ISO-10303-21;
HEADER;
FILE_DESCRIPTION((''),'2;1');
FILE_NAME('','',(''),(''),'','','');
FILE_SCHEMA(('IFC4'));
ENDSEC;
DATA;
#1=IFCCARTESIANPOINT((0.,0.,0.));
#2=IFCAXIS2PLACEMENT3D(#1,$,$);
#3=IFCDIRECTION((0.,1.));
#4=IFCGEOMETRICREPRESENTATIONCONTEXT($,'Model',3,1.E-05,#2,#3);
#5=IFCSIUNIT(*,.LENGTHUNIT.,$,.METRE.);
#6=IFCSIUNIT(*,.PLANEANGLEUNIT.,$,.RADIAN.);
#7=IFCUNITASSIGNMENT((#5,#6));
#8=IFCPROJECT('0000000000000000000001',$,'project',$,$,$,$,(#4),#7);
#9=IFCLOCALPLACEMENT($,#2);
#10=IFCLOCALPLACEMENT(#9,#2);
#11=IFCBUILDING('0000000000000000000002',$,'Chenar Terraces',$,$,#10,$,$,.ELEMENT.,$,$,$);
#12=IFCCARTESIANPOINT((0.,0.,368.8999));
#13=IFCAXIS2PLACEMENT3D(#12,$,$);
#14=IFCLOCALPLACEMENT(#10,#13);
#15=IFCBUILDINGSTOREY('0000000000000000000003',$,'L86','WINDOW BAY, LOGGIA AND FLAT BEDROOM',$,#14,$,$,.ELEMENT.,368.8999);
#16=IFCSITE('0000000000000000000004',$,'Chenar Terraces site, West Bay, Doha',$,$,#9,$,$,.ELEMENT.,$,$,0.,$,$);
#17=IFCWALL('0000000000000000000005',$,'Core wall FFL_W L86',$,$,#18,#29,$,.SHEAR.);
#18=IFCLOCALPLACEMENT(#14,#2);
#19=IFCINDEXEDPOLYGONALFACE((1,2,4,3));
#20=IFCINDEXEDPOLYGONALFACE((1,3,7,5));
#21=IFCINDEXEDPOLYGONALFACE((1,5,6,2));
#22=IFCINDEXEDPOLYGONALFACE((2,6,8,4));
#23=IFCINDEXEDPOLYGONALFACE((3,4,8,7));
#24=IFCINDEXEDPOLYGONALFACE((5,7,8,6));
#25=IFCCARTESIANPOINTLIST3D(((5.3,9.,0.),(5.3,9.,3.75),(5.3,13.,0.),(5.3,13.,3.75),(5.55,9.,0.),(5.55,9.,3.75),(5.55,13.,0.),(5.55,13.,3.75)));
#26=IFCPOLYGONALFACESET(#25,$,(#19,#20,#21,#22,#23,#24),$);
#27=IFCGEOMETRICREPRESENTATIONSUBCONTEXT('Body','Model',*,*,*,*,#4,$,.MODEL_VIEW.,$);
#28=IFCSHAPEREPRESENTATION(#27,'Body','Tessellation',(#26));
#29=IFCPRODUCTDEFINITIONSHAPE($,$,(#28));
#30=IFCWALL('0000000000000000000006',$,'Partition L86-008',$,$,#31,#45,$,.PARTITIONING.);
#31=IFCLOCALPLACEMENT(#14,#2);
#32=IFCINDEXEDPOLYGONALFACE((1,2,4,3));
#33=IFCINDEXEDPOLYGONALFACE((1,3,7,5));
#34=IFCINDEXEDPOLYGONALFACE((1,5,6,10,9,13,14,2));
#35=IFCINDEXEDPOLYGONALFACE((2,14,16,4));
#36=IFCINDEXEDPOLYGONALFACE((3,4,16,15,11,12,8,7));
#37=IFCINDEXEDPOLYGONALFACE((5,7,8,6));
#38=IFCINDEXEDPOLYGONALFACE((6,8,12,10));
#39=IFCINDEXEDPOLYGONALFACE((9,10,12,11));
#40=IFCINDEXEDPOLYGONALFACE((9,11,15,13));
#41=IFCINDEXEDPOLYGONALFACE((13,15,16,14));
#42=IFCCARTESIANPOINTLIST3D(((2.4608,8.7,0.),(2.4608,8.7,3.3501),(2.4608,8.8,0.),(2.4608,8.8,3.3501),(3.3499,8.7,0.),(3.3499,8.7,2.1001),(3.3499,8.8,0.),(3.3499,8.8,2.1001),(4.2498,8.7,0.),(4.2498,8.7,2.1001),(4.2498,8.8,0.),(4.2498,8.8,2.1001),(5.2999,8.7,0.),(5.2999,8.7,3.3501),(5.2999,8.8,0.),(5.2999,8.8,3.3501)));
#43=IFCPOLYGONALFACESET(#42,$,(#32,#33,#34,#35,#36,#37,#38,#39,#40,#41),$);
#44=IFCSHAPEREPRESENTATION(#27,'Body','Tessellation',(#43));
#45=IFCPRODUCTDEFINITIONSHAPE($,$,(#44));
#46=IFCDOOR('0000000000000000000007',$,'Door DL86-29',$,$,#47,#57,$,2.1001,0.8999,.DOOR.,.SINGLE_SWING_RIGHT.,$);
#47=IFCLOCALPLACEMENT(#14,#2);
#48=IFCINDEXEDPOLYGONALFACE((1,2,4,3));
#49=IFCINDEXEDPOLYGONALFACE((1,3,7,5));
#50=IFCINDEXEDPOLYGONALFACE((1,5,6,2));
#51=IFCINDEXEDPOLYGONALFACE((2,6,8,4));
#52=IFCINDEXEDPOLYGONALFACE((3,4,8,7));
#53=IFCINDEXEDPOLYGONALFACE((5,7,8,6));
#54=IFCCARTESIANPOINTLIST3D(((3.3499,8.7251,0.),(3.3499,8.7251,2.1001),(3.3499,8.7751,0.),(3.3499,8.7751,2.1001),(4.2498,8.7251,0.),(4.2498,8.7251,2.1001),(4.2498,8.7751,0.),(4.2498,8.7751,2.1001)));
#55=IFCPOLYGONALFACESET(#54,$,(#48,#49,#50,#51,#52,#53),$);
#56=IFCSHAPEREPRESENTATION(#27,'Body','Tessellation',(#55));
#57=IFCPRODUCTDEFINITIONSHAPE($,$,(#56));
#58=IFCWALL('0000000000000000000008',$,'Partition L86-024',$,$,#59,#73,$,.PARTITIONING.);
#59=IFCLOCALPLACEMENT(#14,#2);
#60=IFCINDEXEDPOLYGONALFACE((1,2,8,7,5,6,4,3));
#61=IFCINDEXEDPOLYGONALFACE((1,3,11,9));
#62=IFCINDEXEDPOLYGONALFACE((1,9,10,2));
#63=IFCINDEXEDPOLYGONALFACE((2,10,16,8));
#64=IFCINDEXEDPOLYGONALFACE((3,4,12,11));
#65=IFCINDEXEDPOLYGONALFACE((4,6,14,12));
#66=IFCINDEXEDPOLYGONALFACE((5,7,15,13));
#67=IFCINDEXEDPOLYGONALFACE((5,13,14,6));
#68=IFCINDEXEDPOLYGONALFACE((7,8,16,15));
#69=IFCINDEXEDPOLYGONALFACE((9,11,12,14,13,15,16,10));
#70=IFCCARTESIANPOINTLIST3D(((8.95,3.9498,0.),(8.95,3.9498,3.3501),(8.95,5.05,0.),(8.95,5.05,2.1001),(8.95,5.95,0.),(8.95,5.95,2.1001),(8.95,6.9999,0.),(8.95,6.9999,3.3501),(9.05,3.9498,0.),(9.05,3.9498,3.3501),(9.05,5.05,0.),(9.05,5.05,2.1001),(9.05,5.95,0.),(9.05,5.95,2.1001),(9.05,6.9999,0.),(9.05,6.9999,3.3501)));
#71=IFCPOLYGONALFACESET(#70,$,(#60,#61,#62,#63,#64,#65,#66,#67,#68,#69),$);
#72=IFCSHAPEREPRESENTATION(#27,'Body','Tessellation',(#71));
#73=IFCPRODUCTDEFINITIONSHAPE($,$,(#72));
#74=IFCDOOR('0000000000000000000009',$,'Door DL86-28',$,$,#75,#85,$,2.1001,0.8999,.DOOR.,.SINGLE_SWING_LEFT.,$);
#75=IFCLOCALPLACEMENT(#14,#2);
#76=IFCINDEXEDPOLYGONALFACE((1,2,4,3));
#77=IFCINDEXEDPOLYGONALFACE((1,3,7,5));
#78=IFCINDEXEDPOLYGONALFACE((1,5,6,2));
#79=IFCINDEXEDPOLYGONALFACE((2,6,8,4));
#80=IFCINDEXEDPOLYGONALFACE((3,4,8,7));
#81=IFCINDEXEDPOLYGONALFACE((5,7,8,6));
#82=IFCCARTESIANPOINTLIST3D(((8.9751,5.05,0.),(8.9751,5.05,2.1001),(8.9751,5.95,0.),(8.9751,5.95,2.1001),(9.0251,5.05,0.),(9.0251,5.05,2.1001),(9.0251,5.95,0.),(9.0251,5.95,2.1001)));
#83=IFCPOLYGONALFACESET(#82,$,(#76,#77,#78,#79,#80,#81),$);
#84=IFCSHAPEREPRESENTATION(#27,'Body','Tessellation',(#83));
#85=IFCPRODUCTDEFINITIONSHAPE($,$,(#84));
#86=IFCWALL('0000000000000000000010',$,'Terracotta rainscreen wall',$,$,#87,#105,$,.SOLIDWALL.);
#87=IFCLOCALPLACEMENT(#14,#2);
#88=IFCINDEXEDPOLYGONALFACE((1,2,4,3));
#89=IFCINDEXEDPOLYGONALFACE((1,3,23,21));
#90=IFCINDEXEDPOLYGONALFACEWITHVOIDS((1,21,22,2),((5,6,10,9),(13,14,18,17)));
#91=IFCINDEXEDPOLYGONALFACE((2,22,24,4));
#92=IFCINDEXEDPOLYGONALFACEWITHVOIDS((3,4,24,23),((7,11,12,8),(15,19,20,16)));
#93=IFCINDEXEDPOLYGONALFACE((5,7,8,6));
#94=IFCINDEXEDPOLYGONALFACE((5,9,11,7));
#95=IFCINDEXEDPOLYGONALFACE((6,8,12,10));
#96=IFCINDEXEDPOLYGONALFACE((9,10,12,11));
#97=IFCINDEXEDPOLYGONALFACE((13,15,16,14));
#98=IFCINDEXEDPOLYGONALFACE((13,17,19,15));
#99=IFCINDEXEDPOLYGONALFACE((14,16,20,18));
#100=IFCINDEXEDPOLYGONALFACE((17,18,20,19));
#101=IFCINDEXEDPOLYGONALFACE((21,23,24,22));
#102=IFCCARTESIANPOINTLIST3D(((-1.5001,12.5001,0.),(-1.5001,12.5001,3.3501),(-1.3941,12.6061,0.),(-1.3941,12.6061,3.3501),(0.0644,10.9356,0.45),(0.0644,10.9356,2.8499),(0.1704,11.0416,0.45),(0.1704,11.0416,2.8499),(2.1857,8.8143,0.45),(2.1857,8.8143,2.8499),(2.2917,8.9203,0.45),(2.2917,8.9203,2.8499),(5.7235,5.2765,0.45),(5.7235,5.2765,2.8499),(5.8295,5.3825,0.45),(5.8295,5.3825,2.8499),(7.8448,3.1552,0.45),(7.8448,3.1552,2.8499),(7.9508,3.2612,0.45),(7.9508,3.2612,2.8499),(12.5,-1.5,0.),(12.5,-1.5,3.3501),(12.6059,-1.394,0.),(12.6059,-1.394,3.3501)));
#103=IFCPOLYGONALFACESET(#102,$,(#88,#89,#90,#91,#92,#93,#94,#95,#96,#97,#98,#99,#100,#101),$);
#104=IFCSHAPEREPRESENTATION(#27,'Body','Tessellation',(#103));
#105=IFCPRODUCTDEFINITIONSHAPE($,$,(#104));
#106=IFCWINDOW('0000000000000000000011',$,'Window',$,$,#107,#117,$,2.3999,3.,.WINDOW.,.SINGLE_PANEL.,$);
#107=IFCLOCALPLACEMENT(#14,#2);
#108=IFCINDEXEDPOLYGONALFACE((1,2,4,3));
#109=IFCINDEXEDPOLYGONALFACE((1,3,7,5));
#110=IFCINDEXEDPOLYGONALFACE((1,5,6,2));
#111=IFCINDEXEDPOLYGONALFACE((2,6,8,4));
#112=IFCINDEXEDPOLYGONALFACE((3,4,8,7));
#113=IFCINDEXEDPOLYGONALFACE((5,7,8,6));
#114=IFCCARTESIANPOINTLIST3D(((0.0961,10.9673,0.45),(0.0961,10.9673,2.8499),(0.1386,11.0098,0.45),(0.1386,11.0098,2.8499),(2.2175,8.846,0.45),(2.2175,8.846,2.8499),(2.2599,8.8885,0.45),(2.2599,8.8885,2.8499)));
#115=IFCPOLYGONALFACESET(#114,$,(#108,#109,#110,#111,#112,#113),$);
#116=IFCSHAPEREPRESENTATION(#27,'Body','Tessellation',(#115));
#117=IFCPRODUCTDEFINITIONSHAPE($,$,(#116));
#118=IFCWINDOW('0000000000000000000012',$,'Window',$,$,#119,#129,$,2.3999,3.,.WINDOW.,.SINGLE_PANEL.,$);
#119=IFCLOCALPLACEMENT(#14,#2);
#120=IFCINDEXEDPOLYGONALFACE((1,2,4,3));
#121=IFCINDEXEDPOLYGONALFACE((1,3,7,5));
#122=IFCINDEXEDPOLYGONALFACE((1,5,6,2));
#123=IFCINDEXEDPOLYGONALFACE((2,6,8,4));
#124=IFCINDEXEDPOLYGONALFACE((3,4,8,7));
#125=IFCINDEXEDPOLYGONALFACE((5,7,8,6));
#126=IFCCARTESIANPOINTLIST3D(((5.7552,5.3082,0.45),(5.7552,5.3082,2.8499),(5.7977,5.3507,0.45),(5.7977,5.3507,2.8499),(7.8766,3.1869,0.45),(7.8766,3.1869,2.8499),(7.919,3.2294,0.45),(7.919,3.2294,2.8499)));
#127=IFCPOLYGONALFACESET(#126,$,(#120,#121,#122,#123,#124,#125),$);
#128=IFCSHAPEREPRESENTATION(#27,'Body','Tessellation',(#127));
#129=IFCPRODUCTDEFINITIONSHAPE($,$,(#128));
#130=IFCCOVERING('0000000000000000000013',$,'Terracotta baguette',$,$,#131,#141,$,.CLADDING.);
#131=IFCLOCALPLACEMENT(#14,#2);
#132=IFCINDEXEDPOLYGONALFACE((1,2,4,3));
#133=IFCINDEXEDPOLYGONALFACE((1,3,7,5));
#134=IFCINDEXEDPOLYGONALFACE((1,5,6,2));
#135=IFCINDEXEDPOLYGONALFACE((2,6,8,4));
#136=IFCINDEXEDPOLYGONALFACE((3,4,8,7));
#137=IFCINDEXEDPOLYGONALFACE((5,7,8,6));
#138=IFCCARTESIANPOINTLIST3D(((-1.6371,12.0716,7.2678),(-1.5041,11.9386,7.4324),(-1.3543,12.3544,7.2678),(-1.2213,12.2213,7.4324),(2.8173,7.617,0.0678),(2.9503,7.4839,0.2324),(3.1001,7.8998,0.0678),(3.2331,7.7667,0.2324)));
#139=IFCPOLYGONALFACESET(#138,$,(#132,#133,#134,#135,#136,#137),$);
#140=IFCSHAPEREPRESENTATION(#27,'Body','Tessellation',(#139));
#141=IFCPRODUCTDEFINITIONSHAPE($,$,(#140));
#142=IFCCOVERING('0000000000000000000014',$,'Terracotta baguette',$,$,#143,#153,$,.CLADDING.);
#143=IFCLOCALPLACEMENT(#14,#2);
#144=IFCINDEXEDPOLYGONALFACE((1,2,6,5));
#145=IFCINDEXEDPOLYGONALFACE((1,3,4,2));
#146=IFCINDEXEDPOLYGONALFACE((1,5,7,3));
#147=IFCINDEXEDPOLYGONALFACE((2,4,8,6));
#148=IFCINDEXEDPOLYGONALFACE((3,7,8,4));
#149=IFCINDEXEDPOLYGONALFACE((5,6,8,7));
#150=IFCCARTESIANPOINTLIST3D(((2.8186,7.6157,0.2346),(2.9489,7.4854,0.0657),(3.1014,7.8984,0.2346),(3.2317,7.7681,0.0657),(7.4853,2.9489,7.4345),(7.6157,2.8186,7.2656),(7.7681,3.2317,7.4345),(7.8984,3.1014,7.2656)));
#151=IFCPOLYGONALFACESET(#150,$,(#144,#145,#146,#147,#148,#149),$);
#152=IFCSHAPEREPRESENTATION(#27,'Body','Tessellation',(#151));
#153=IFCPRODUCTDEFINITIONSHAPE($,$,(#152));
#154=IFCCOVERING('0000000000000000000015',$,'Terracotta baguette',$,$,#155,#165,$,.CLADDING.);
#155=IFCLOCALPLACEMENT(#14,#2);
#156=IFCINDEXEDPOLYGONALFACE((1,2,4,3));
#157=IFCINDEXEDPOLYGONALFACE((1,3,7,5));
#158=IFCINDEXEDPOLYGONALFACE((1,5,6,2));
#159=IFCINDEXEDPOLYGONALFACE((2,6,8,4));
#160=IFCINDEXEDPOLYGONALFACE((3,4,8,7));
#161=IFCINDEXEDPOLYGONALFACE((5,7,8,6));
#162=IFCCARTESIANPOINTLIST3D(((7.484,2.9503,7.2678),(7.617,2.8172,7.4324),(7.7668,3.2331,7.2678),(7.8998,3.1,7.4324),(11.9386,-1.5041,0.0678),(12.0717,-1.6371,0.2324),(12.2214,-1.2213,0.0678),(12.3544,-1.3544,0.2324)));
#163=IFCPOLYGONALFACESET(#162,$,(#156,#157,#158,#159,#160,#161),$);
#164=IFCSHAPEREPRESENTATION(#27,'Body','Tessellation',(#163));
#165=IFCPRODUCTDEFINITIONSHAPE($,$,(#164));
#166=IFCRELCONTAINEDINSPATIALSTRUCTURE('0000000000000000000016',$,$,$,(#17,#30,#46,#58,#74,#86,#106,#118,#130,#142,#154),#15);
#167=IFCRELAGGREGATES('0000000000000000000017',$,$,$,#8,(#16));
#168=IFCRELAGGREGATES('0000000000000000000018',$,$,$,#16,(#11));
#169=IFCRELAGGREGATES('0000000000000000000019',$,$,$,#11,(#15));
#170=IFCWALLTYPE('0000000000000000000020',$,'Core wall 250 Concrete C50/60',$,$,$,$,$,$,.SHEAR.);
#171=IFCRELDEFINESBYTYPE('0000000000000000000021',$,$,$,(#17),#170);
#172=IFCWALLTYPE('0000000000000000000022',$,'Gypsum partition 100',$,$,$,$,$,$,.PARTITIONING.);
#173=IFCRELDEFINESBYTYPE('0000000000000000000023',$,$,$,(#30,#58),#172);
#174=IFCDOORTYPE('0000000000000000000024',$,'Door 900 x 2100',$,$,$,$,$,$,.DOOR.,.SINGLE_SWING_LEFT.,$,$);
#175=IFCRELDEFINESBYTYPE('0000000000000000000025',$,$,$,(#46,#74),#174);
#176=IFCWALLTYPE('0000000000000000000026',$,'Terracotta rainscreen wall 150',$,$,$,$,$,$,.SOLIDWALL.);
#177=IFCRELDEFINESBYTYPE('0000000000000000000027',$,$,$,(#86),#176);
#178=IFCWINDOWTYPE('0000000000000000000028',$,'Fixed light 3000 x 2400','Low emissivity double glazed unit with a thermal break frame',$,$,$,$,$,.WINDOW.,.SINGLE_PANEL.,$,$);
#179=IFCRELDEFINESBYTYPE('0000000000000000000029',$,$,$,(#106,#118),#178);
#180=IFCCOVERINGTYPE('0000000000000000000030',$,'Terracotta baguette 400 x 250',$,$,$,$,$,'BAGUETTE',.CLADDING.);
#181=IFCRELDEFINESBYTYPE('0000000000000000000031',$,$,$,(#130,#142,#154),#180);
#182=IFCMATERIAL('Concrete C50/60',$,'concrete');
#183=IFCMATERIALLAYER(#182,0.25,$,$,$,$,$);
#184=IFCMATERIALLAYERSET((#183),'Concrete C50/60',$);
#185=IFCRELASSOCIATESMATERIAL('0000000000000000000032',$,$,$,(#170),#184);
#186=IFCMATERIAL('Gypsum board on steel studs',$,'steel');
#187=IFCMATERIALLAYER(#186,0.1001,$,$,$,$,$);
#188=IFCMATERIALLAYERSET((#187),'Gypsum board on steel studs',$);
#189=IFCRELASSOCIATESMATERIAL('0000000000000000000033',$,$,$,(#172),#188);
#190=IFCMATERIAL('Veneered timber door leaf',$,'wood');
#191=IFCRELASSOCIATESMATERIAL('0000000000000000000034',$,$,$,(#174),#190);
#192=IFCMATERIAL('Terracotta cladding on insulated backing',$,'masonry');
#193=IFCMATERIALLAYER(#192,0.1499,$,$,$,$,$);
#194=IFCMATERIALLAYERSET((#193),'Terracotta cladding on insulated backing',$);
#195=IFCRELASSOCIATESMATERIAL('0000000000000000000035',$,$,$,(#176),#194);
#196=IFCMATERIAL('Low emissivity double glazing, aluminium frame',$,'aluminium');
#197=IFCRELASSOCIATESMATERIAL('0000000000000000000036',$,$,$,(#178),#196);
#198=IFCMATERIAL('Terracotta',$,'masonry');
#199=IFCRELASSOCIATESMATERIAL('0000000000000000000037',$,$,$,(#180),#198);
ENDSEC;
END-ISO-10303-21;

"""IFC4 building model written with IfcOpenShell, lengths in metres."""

from ifc_helpers import new_model, si_unit, direction, frame, frame_2d, origin, origin_2d, place, context, subcontext, project, spatial, rectangle, extrude, material, layer, layer_set, material_profile, profile_set, type_object, element, fill, save


model = new_model("IFC4")

# Units and contexts
model_context = context("Model", 3, precision=1e-05, world=origin(), true_north=direction((0.0, 1.0)))
body_context = subcontext(model_context, "Body", "Model", "MODEL_VIEW")
ifc_project = project(units=[si_unit("LENGTHUNIT", "METRE"), si_unit("PLANEANGLEUNIT", "RADIAN")], contexts=[model_context])

# Site, building, storey
site_placement = place(None, origin())
site = spatial("IfcSite", under=ifc_project, at=site_placement, Name="Chenar Terraces site, West Bay, Doha", CompositionType="ELEMENT", RefElevation=0.0)
building_placement = place(site_placement, origin())
building = spatial("IfcBuilding", under=site, at=building_placement, Name="Chenar Terraces", CompositionType="ELEMENT")
storey_placement = place(building_placement, frame((0.0, 0.0, 368.8999)))
storey = spatial("IfcBuildingStorey", under=building, at=storey_placement, Name="L86", Description="WINDOW BAY, LOGGIA AND FLAT BEDROOM", CompositionType="ELEMENT", Elevation=368.8999)

# Wall
ifc_material_1 = material(Name="Concrete C50/60", Category="concrete")
ifc_layer_1 = layer(ifc_material_1, 0.25)
ifc_layer_set_1 = layer_set([ifc_layer_1], Name="Concrete C50/60")
wall_type_1 = type_object("IfcWallType", Name="Core wall 250 Concrete C50/60", PredefinedType="SHEAR", material=ifc_layer_set_1)
wall_1_placement = place(storey_placement, frame((5.425, 9.0, 0.0), z_axis=(0.0, 0.0, 1.0), x_axis=(0.0, 1.0, 0.0)))
element("IfcWall", 1, at=wall_1_placement, inside=storey, type_object=wall_type_1, Name="Core wall FFL_W L86", PredefinedType="SHEAR", context=body_context, shape_type="SweptSolid", body=[
    extrude(rectangle(XDim=4.0, YDim=0.25, at=frame_2d((2.0, 0.0))), origin(), (0.0, 0.0, 1.0), 3.75),
])

# Walls, openings, doors
ifc_material_2 = material(Name="Gypsum board on steel studs", Category="steel")
ifc_layer_2 = layer(ifc_material_2, 0.1001)
ifc_layer_set_2 = layer_set([ifc_layer_2], Name="Gypsum board on steel studs")
wall_type_2 = type_object("IfcWallType", Name="Gypsum partition 100", PredefinedType="PARTITIONING", material=ifc_layer_set_2)
wall_2_placement = place(storey_placement, frame((2.4609, 8.75, 0.0), z_axis=(0.0, 0.0, 1.0), x_axis=(1.0, 0.0, 0.0)))
wall_2 = element("IfcWall", 2, at=wall_2_placement, inside=storey, type_object=wall_type_2, Name="Partition L86-008", PredefinedType="PARTITIONING", context=body_context, shape_type="SweptSolid", body=[
    extrude(rectangle(XDim=2.8391, YDim=0.1001, at=frame_2d((1.4194, 0.0))), origin(), (0.0, 0.0, 1.0), 3.3501),
])
opening_1_placement = place(wall_2_placement, frame((0.8889, 0.0, 0.0)))
opening_1 = element("IfcOpeningElement", 3, at=opening_1_placement, cuts=wall_2, PredefinedType="OPENING", context=body_context, shape_type="SweptSolid", body=[
    extrude(rectangle(XDim=0.8999, YDim=2.1001, at=frame_2d((0.45, 1.05))), frame((0.0, 0.0601, 0.0), z_axis=(0.0, -1.0, 0.0), x_axis=(1.0, 0.0, 0.0)), (0.0, 0.0, 1.0), 0.1201),
])
ifc_material_3 = material(Name="Veneered timber door leaf", Category="wood")
door_type = type_object("IfcDoorType", Name="Door 900 x 2100", OperationType="SINGLE_SWING_LEFT", PredefinedType="DOOR", material=ifc_material_3)
door_1_placement = place(opening_1_placement, frame((0.8999, 0.0, 0.0), z_axis=(0.0, 0.0, 1.0), x_axis=(-1.0, 0.0, 0.0)))
door_1 = element("IfcDoor", 4, at=door_1_placement, inside=storey, type_object=door_type, Name="Door DL86-29", OperationType="SINGLE_SWING_RIGHT", OverallHeight=2.1001, OverallWidth=0.8999, PredefinedType="DOOR", context=body_context, shape_type="SweptSolid", body=[
    extrude(rectangle(XDim=0.8999, YDim=2.1001, at=frame_2d((0.45, 1.05))), frame((0.0, 0.0249, 0.0), z_axis=(0.0, -1.0, 0.0), x_axis=(1.0, 0.0, 0.0)), (0.0, 0.0, 1.0), 0.05),
])
fill(opening_1, door_1)
wall_3_placement = place(storey_placement, frame((9.0, 3.95, 0.0), z_axis=(0.0, 0.0, 1.0), x_axis=(0.0, 1.0, 0.0)))
wall_3 = element("IfcWall", 5, at=wall_3_placement, inside=storey, type_object=wall_type_2, Name="Partition L86-024", PredefinedType="PARTITIONING", context=body_context, shape_type="SweptSolid", body=[
    extrude(rectangle(XDim=3.05, YDim=0.1001, at=frame_2d((1.5249, 0.0))), origin(), (0.0, 0.0, 1.0), 3.3501),
])
opening_2_placement = place(wall_3_placement, frame((1.1001, 0.0, 0.0)))
opening_2 = element("IfcOpeningElement", 6, at=opening_2_placement, cuts=wall_3, PredefinedType="OPENING", context=body_context, shape_type="SweptSolid", body=[
    extrude(rectangle(XDim=0.8999, YDim=2.1001, at=frame_2d((0.45, 1.05))), frame((0.0, 0.0601, 0.0), z_axis=(0.0, -1.0, 0.0), x_axis=(1.0, 0.0, 0.0)), (0.0, 0.0, 1.0), 0.1201),
])
door_2_placement = place(opening_2_placement, origin())
door_2 = element("IfcDoor", 7, at=door_2_placement, inside=storey, type_object=door_type, Name="Door DL86-28", OperationType="SINGLE_SWING_LEFT", OverallHeight=2.1001, OverallWidth=0.8999, PredefinedType="DOOR", context=body_context, shape_type="SweptSolid", body=[
    extrude(rectangle(XDim=0.8999, YDim=2.1001, at=frame_2d((0.45, 1.05))), frame((0.0, 0.0249, 0.0), z_axis=(0.0, -1.0, 0.0), x_axis=(1.0, 0.0, 0.0)), (0.0, 0.0, 1.0), 0.05),
])
fill(opening_2, door_2)

# Wall, openings, windows
ifc_material_4 = material(Name="Terracotta cladding on insulated backing", Category="masonry")
ifc_layer_3 = layer(ifc_material_4, 0.1499)
ifc_layer_set_3 = layer_set([ifc_layer_3], Name="Terracotta cladding on insulated backing")
wall_type_3 = type_object("IfcWallType", Name="Terracotta rainscreen wall 150", PredefinedType="SOLIDWALL", material=ifc_layer_set_3)
wall_4_placement = place(storey_placement, frame((-1.447, 12.553, 0.0), z_axis=(0.0, 0.0, 1.0), x_axis=(0.707107, -0.707107, 0.0)))
wall_4 = element("IfcWall", 8, at=wall_4_placement, inside=storey, type_object=wall_type_3, Name="Terracotta rainscreen wall", PredefinedType="SOLIDWALL", context=body_context, shape_type="SweptSolid", body=[
    extrude(rectangle(XDim=19.7991, YDim=0.1499, at=frame_2d((9.8994, 0.0))), origin(), (0.0, 0.0, 1.0), 3.3501),
])
opening_3_placement = place(wall_4_placement, frame((2.2124, 0.0, 0.45)))
opening_3 = element("IfcOpeningElement", 9, at=opening_3_placement, cuts=wall_4, PredefinedType="OPENING", context=body_context, shape_type="SweptSolid", body=[
    extrude(rectangle(XDim=3.0, YDim=2.3999, at=frame_2d((1.5, 1.2))), frame((0.0, 0.085, 0.0), z_axis=(0.0, -1.0, 0.0), x_axis=(1.0, 0.0, 0.0)), (0.0, 0.0, 1.0), 0.1699),
])
opening_4_placement = place(wall_4_placement, frame((10.2156, 0.0, 0.45)))
opening_4 = element("IfcOpeningElement", 10, at=opening_4_placement, cuts=wall_4, PredefinedType="OPENING", context=body_context, shape_type="SweptSolid", body=[
    extrude(rectangle(XDim=3.0, YDim=2.3999, at=frame_2d((1.5, 1.2))), frame((0.0, 0.085, 0.0), z_axis=(0.0, -1.0, 0.0), x_axis=(1.0, 0.0, 0.0)), (0.0, 0.0, 1.0), 0.1699),
])
ifc_material_5 = material(Name="Low emissivity double glazing, aluminium frame", Category="aluminium")
window_type = type_object("IfcWindowType", Name="Fixed light 3000 x 2400", Description="Low emissivity double glazed unit with a thermal break frame", PartitioningType="SINGLE_PANEL", PredefinedType="WINDOW", material=ifc_material_5)
window_1_placement = place(opening_3_placement, origin())
window_1 = element("IfcWindow", 11, at=window_1_placement, inside=storey, type_object=window_type, Name="Window", OverallHeight=2.3999, OverallWidth=3.0, PartitioningType="SINGLE_PANEL", PredefinedType="WINDOW", context=body_context, shape_type="SweptSolid", body=[
    extrude(rectangle(XDim=3.0, YDim=2.3999, at=frame_2d((1.5, 1.2))), frame((0.0, 0.03, 0.0), z_axis=(0.0, -1.0, 0.0), x_axis=(1.0, 0.0, 0.0)), (0.0, 0.0, 1.0), 0.0601),
])
fill(opening_3, window_1)
window_2_placement = place(opening_4_placement, origin())
window_2 = element("IfcWindow", 12, at=window_2_placement, inside=storey, type_object=window_type, Name="Window", OverallHeight=2.3999, OverallWidth=3.0, PartitioningType="SINGLE_PANEL", PredefinedType="WINDOW", context=body_context, shape_type="SweptSolid", body=[
    extrude(rectangle(XDim=3.0, YDim=2.3999, at=frame_2d((1.5, 1.2))), frame((0.0, 0.03, 0.0), z_axis=(0.0, -1.0, 0.0), x_axis=(1.0, 0.0, 0.0)), (0.0, 0.0, 1.0), 0.0601),
])
fill(opening_4, window_2)

# Coverings
ifc_material_6 = material(Name="Terracotta", Category="masonry")
ifc_material_profile = material_profile(ifc_material_6, rectangle(XDim=0.3999, YDim=0.25, at=origin_2d()), Name="Terracotta baguette 400 x 250")
ifc_profile_set = profile_set([ifc_material_profile], Name="Terracotta")
covering_type = type_object("IfcCoveringType", Name="Terracotta baguette 400 x 250", ElementType="BAGUETTE", PredefinedType="CLADDING", material=ifc_profile_set)
covering_1_placement = place(storey_placement, frame((-1.4292, 12.1465, 7.3501), z_axis=(0.465604, -0.46563, -0.752597), x_axis=(0.707126, 0.707087, 0.0)))
element("IfcCovering", 13, at=covering_1_placement, inside=storey, type_object=covering_type, Name="Terracotta baguette", PredefinedType="CLADDING", context=body_context, shape_type="SweptSolid", body=[
    extrude(rectangle(XDim=0.3999, YDim=0.25, at=origin_2d()), origin(), (0.0, 0.0, 1.0), 9.5669),
])
covering_2_placement = place(storey_placement, frame((3.0251, 7.6919, 0.1501), z_axis=(0.477803, -0.477803, 0.737163), x_axis=(0.707107, 0.707107, 0.0)))
element("IfcCovering", 14, at=covering_2_placement, inside=storey, type_object=covering_type, Name="Terracotta baguette", PredefinedType="CLADDING", context=body_context, shape_type="SweptSolid", body=[
    extrude(rectangle(XDim=0.3999, YDim=0.25, at=origin_2d()), origin(), (0.0, 0.0, 1.0), 9.7671),
])
covering_3_placement = place(storey_placement, frame((7.6919, 3.0251, 7.3501), z_axis=(0.46563, -0.465604, -0.752597), x_axis=(0.707087, 0.707126, 0.0)))
element("IfcCovering", 15, at=covering_3_placement, inside=storey, type_object=covering_type, Name="Terracotta baguette", PredefinedType="CLADDING", context=body_context, shape_type="SweptSolid", body=[
    extrude(rectangle(XDim=0.3999, YDim=0.25, at=origin_2d()), origin(), (0.0, 0.0, 1.0), 9.5669),
])

save(model, "model.ifc")
